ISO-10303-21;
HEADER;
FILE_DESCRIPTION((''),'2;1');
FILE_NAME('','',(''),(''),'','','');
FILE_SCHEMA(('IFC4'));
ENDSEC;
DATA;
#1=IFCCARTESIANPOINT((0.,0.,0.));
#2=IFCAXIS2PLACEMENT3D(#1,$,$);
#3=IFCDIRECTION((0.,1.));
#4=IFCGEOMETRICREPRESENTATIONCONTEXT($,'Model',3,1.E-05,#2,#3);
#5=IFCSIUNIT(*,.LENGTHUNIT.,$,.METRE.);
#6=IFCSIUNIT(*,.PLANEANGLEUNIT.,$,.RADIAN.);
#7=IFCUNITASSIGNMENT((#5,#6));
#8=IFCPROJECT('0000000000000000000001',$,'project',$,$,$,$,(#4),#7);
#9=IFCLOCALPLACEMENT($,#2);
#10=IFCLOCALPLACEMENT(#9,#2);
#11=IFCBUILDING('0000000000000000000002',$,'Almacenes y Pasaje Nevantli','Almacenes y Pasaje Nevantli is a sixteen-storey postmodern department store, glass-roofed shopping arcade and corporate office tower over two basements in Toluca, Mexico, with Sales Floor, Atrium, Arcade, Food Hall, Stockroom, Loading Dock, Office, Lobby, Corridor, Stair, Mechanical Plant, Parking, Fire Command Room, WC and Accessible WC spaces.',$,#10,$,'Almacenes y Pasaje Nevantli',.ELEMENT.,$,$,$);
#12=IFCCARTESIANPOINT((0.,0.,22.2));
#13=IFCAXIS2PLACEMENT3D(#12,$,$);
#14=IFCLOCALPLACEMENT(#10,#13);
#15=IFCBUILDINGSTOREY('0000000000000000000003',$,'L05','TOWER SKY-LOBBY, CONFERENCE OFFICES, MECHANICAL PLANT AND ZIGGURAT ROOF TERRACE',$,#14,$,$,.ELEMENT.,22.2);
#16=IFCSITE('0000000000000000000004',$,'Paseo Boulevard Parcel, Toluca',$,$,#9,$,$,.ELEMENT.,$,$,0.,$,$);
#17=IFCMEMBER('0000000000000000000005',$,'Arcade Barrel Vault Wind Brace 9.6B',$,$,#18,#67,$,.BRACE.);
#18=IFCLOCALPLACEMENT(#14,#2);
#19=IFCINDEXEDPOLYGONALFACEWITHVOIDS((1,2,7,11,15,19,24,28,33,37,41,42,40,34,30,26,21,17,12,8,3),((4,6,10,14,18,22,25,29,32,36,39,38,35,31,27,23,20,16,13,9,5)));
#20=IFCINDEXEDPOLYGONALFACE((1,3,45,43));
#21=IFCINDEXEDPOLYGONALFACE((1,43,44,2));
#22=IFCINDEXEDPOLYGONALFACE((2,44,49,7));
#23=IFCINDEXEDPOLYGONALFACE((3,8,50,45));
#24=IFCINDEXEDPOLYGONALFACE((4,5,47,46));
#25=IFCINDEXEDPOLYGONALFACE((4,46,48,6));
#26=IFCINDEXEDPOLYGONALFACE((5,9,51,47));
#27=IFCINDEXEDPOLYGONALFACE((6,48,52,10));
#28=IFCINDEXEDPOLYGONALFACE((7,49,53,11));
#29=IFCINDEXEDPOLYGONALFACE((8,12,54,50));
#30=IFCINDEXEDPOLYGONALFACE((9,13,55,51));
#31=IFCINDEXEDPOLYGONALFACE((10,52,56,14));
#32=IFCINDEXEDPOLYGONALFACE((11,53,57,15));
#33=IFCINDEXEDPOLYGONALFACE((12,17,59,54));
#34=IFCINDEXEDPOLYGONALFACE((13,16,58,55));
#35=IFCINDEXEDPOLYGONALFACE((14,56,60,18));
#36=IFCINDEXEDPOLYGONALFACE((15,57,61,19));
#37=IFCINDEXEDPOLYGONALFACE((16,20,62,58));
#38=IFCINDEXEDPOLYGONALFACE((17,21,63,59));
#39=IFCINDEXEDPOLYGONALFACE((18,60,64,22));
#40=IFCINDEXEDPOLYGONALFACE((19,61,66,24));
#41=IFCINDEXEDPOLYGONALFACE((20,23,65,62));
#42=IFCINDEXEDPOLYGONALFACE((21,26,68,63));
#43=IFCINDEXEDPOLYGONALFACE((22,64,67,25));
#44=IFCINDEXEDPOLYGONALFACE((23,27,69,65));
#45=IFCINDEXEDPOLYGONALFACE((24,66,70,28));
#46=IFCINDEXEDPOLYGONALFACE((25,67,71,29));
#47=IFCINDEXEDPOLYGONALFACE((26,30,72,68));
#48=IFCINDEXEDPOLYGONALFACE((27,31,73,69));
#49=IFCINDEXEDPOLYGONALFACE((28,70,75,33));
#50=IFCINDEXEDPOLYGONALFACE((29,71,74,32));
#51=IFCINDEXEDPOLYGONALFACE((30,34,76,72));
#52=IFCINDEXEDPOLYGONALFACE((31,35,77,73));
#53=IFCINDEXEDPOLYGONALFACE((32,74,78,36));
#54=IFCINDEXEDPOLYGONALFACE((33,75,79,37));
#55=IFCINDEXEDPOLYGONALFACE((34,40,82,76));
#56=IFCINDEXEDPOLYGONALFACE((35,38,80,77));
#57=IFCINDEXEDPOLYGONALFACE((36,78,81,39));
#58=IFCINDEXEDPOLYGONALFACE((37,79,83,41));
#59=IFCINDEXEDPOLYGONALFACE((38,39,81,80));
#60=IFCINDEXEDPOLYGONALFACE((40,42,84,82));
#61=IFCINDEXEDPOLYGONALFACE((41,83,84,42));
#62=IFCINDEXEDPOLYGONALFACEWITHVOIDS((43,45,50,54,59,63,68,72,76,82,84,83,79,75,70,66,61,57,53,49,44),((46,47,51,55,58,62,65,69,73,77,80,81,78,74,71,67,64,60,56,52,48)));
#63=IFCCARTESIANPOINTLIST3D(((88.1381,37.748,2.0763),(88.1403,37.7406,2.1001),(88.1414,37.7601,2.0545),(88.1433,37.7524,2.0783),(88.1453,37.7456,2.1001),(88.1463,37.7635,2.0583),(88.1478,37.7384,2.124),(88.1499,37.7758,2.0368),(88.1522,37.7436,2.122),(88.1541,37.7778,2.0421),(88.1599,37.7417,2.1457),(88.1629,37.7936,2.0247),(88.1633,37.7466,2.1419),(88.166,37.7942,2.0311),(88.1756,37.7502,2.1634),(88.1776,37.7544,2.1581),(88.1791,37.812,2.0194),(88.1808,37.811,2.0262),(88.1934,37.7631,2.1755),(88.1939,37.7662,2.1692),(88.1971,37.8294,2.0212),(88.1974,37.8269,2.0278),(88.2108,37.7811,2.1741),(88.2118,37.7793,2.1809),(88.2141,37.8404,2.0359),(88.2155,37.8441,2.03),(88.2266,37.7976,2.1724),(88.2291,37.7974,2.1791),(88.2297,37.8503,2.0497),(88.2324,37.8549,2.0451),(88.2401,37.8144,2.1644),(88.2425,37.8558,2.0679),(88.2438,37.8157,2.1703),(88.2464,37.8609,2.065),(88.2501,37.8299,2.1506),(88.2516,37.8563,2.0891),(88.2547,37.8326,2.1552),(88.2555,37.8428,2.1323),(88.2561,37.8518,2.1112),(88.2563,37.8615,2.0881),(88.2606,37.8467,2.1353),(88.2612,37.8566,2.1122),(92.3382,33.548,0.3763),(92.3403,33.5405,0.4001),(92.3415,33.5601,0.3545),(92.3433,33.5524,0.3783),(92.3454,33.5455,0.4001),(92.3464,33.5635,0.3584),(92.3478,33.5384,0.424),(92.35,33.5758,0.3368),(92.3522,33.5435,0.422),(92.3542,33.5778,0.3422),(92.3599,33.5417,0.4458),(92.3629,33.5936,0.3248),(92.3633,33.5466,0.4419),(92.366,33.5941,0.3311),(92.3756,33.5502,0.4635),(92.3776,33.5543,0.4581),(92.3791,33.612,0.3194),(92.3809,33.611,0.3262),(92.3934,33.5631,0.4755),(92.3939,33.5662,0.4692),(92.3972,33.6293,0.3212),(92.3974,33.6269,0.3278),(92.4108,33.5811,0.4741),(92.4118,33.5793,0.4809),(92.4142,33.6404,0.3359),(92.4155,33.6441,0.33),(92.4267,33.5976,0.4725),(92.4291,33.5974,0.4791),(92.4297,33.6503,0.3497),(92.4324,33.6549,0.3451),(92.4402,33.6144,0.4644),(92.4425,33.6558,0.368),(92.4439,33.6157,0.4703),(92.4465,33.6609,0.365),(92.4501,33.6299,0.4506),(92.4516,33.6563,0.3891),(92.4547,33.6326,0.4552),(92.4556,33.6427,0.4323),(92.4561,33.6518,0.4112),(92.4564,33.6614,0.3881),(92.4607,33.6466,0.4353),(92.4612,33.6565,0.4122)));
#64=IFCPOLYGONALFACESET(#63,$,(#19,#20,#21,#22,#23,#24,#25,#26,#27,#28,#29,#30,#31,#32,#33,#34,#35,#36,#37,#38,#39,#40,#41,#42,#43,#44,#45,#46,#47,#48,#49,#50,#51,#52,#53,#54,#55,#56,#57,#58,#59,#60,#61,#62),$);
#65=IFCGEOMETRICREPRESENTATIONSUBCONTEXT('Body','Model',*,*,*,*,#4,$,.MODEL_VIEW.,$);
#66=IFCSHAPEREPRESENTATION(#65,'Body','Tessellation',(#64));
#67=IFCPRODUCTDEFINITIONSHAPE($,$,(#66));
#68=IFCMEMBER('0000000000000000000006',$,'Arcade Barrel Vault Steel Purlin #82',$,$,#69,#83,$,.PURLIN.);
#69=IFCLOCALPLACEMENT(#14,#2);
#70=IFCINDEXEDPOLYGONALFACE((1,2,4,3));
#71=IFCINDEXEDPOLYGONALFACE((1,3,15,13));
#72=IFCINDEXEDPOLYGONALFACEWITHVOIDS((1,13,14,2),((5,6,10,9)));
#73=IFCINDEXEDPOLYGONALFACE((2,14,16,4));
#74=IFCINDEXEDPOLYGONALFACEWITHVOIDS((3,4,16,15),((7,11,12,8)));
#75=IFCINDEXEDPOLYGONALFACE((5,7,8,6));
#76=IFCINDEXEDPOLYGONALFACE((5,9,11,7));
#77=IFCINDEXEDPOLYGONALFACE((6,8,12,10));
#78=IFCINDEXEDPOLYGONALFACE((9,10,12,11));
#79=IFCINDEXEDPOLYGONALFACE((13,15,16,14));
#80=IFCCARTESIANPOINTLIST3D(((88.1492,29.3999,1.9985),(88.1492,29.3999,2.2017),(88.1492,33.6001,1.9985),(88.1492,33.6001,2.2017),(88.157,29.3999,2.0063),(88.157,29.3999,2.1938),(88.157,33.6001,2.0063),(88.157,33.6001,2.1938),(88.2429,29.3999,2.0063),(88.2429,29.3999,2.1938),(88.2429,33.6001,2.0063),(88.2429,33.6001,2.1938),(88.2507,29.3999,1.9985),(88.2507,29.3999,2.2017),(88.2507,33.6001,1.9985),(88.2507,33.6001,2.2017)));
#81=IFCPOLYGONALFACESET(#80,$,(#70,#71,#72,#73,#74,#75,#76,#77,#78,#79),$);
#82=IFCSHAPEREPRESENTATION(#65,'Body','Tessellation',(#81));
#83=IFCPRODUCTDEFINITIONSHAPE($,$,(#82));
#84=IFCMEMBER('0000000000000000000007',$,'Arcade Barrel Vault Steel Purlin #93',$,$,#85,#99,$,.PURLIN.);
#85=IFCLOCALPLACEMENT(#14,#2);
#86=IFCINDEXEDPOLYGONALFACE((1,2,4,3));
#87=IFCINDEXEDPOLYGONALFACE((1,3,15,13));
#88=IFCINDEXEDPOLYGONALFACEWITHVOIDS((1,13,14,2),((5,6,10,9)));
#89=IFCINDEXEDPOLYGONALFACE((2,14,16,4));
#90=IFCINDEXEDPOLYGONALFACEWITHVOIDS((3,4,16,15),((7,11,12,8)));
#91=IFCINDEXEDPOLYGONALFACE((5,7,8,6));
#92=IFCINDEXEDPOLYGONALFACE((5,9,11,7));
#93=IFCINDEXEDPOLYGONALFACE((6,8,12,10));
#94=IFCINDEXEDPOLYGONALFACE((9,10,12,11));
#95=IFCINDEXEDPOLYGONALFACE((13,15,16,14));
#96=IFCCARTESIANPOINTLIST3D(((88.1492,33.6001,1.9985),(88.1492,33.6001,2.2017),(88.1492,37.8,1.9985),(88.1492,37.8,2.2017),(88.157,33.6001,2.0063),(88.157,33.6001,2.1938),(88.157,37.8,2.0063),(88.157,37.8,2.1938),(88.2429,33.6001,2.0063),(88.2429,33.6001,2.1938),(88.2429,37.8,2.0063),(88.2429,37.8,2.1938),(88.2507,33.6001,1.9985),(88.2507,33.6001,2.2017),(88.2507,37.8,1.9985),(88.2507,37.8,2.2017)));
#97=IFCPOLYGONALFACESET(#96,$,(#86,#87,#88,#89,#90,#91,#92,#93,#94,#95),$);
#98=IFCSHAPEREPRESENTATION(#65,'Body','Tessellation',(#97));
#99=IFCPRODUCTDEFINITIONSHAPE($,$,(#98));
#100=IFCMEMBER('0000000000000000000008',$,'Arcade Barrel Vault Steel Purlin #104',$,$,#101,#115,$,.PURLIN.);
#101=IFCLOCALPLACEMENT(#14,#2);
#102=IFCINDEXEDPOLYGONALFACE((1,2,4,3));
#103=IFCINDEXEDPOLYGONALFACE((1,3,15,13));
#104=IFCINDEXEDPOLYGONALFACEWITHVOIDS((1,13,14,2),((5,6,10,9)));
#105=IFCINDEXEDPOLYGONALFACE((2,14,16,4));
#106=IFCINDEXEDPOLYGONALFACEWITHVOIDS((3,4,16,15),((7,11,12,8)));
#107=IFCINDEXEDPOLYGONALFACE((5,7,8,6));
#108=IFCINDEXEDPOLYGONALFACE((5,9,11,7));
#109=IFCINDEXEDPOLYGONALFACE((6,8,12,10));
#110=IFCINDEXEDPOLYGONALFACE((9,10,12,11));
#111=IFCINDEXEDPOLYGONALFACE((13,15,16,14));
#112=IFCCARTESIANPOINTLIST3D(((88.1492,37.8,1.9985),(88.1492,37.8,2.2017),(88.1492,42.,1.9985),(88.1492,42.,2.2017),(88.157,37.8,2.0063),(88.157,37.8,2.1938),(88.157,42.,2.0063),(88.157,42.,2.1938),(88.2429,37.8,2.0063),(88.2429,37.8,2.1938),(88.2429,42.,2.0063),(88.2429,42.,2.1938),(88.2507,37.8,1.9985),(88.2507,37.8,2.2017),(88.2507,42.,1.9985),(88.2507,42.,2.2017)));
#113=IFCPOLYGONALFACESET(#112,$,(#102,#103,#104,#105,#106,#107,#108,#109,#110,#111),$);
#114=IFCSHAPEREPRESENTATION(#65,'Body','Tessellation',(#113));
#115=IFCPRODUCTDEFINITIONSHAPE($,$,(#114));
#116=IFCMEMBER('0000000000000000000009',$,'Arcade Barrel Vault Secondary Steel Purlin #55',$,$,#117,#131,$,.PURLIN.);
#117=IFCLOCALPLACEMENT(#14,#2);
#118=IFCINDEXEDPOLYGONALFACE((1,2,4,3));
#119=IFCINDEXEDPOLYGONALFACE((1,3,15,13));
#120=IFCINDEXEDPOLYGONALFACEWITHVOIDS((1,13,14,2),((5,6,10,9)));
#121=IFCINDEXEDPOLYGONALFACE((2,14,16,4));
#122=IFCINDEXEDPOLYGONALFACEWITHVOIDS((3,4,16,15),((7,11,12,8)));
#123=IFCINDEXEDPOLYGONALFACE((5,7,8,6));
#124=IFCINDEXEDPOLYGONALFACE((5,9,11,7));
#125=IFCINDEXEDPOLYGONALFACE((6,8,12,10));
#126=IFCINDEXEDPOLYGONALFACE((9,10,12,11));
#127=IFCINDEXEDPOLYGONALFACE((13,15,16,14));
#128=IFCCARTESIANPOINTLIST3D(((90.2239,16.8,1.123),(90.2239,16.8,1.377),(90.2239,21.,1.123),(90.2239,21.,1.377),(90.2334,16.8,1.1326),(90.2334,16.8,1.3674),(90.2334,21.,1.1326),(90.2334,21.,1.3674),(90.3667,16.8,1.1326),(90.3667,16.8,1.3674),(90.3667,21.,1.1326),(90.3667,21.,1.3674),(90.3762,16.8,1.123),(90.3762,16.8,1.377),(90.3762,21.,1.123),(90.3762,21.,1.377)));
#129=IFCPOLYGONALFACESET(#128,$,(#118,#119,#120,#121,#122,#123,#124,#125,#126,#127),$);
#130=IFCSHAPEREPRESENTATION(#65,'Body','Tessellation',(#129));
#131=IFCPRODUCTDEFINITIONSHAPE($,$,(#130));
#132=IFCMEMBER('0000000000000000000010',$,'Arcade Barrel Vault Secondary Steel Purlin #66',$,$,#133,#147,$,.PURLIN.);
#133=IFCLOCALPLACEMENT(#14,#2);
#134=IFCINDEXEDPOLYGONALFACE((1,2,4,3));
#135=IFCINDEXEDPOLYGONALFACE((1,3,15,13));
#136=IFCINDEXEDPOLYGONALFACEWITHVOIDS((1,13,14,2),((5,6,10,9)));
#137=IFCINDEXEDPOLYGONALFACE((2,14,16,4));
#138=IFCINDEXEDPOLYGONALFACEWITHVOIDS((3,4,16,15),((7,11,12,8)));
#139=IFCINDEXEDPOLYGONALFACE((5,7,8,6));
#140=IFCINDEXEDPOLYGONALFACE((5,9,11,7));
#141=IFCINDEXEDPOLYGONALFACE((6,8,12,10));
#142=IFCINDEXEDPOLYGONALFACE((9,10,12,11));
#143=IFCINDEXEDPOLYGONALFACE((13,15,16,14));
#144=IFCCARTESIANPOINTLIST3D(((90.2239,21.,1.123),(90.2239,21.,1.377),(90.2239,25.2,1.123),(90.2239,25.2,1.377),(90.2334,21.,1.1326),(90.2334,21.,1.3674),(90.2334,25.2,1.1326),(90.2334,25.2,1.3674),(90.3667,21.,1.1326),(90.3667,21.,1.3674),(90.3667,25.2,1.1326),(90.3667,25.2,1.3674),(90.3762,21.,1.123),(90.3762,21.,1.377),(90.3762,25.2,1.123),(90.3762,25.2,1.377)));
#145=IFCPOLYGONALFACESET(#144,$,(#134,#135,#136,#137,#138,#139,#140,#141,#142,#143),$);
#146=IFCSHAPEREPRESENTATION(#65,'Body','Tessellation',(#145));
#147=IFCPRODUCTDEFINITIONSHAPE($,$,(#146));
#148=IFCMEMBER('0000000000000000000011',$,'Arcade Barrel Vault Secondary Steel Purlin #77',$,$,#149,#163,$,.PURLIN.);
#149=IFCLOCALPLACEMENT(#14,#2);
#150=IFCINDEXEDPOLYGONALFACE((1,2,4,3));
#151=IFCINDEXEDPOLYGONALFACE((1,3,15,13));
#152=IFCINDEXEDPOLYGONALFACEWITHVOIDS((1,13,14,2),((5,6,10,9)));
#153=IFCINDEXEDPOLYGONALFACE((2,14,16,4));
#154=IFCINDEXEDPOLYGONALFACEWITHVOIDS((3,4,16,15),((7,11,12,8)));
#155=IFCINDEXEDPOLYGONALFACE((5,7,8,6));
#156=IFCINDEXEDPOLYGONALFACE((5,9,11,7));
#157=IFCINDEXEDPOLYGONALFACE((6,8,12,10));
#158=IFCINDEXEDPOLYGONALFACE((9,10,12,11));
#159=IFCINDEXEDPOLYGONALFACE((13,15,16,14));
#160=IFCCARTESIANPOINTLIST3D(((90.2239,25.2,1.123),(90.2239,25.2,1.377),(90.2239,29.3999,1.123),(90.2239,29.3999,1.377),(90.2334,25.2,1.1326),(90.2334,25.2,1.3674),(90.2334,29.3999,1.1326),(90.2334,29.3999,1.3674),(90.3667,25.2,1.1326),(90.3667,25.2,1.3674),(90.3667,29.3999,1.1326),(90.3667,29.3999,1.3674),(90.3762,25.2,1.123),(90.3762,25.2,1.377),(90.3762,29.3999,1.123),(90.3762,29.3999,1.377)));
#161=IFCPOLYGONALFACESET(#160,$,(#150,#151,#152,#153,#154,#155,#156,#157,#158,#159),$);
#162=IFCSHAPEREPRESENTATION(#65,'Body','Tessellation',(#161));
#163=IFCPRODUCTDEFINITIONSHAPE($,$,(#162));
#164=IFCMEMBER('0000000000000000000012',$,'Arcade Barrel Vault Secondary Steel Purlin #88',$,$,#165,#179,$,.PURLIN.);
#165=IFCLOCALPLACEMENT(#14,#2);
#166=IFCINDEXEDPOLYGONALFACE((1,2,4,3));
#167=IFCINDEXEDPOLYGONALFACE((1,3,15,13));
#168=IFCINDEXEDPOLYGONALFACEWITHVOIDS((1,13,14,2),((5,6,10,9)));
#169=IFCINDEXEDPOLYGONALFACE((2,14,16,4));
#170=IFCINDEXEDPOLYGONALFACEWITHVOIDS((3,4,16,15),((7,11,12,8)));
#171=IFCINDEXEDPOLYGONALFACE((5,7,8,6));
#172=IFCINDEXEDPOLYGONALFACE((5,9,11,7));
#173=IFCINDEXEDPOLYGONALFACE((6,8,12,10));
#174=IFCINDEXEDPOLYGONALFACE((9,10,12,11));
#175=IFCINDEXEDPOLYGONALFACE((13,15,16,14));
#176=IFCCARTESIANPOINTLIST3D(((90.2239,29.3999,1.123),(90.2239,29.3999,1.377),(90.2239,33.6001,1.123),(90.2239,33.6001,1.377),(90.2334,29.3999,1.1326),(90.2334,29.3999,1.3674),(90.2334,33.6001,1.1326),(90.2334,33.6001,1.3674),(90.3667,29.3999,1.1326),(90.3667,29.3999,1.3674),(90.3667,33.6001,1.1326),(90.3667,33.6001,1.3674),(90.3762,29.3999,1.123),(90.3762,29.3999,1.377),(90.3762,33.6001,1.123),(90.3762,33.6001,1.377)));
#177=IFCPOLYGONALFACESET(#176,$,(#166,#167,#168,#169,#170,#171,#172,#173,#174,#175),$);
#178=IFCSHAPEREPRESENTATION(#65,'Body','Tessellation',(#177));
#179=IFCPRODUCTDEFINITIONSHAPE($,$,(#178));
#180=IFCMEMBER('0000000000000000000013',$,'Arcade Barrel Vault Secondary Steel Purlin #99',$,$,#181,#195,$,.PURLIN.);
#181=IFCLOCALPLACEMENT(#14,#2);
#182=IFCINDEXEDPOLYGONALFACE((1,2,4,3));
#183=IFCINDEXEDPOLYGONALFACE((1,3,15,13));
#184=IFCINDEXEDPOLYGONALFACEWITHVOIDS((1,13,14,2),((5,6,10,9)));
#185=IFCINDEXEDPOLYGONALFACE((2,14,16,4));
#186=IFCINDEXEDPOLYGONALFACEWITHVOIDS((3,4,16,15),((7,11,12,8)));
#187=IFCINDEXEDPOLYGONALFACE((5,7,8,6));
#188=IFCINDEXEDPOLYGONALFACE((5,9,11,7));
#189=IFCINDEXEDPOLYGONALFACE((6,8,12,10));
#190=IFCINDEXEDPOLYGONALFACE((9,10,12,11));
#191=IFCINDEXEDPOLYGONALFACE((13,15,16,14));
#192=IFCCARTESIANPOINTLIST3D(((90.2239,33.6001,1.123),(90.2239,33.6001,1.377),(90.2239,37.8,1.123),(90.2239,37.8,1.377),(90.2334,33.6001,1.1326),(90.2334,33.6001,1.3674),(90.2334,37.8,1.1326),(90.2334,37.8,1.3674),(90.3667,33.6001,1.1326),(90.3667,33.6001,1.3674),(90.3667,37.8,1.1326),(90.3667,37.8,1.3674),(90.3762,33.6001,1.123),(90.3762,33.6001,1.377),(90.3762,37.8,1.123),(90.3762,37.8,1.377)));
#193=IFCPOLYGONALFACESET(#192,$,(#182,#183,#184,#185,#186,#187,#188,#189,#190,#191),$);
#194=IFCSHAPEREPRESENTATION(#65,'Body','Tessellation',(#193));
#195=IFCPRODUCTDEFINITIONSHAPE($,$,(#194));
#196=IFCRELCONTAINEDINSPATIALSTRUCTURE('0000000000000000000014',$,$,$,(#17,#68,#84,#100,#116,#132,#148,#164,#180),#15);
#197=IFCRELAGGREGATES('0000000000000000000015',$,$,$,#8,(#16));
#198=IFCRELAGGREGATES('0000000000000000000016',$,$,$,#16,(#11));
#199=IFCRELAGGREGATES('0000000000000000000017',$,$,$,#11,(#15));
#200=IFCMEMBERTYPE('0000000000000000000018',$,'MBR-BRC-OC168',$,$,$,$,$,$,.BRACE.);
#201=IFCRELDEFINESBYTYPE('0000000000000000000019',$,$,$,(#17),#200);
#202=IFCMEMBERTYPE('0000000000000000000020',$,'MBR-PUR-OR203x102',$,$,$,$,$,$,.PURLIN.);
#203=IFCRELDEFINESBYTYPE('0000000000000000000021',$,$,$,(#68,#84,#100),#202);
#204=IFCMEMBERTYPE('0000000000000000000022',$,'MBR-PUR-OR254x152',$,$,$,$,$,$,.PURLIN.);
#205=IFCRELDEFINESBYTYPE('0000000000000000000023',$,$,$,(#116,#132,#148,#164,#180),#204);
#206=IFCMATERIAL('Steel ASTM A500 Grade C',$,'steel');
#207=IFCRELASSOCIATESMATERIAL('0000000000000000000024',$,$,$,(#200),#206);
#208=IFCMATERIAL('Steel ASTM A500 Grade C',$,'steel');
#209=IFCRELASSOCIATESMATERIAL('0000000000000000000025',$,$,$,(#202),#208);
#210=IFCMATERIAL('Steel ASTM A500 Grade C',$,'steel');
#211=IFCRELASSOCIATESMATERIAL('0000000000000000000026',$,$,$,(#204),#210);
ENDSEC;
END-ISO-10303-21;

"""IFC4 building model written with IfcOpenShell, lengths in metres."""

from ifc_helpers import new_model, si_unit, direction, frame, origin, origin_2d, place, context, subcontext, project, spatial, hollow_rectangle, hollow_circle, extrude, material, material_profile, profile_set, type_object, element, save


model = new_model("IFC4")

# Units and contexts
model_context = context("Model", 3, precision=1e-05, world=origin(), true_north=direction((0.0, 1.0)))
body_context = subcontext(model_context, "Body", "Model", "MODEL_VIEW")
ifc_project = project(units=[si_unit("LENGTHUNIT", "METRE"), si_unit("PLANEANGLEUNIT", "RADIAN")], contexts=[model_context])

# Site, building, storey
site_placement = place(None, origin())
site = spatial("IfcSite", under=ifc_project, at=site_placement, Name="Paseo Boulevard Parcel, Toluca", CompositionType="ELEMENT", RefElevation=0.0)
building_placement = place(site_placement, origin())
building = spatial("IfcBuilding", under=site, at=building_placement, Name="Almacenes y Pasaje Nevantli", Description="Almacenes y Pasaje Nevantli is a sixteen-storey postmodern department store, glass-roofed shopping arcade and corporate office tower over two basements in Toluca, Mexico, with Sales Floor, Atrium, Arcade, Food Hall, Stockroom, Loading Dock, Office, Lobby, Corridor, Stair, Mechanical Plant, Parking, Fire Command Room, WC and Accessible WC spaces.", LongName="Almacenes y Pasaje Nevantli", CompositionType="ELEMENT")
storey_placement = place(building_placement, frame((0.0, 0.0, 22.2)))
storey = spatial("IfcBuildingStorey", under=building, at=storey_placement, Name="L05", Description="TOWER SKY-LOBBY, CONFERENCE OFFICES, MECHANICAL PLANT AND ZIGGURAT ROOF TERRACE", CompositionType="ELEMENT", Elevation=22.2)

# Members
ifc_material_1 = material(Name="Steel ASTM A500 Grade C", Category="steel")
ifc_material_profile_1 = material_profile(ifc_material_1, hollow_circle(Radius=0.0842, WallThickness=0.0071, at=origin_2d()), Name="OC 168x7.1")
ifc_profile_set_1 = profile_set([ifc_material_profile_1], Name="Steel ASTM A500 Grade C")
member_type_1 = type_object("IfcMemberType", Name="MBR-BRC-OC168", PredefinedType="BRACE", material=ifc_profile_set_1)
for number, where, z_axis, x_axis, name in (
    (1, (92.3999, 33.6001, 0.4001), (-0.679812, 0.679812, 0.275157), (-0.707107, -0.707107, 0.0), "Arcade Barrel Vault Wind Brace 9.6B"),
):
    element("IfcMember", number, at=place(storey_placement, frame(where, z_axis=z_axis, x_axis=x_axis)), inside=storey, type_object=member_type_1, Name=name, PredefinedType="BRACE", context=body_context, shape_type="SweptSolid", body=[
        extrude(hollow_circle(Radius=0.0842, WallThickness=0.0071, at=origin_2d()), origin(), (0.0, 0.0, 1.0), 6.1782),
    ])
ifc_material_2 = material(Name="Steel ASTM A500 Grade C", Category="steel")
ifc_material_profile_2 = material_profile(ifc_material_2, hollow_rectangle(XDim=0.1016, YDim=0.2031, WallThickness=0.0078, at=origin_2d()), Name="OR 203x102x7.9")
ifc_profile_set_2 = profile_set([ifc_material_profile_2], Name="Steel ASTM A500 Grade C")
member_type_2 = type_object("IfcMemberType", Name="MBR-PUR-OR203x102", PredefinedType="PURLIN", material=ifc_profile_set_2)
member_1_placement = place(storey_placement, frame((88.2, 29.3999, 2.1001), z_axis=(0.0, 1.0, 0.0), x_axis=(-1.0, 0.0, 0.0)))
element("IfcMember", 2, at=member_1_placement, inside=storey, type_object=member_type_2, Name="Arcade Barrel Vault Steel Purlin #82", PredefinedType="PURLIN", context=body_context, shape_type="SweptSolid", body=[
    extrude(hollow_rectangle(XDim=0.1016, YDim=0.2031, WallThickness=0.0078, at=origin_2d()), origin(), (0.0, 0.0, 1.0), 4.2002),
])
for number, where, z_axis, x_axis, name in (
    (3, (88.2, 33.6001, 2.1001), (0.0, 1.0, 0.0), (-1.0, 0.0, 0.0), "Arcade Barrel Vault Steel Purlin #93"),
    (4, (88.2, 37.8, 2.1001), (0.0, 1.0, 0.0), (-1.0, 0.0, 0.0), "Arcade Barrel Vault Steel Purlin #104"),
):
    element("IfcMember", number, at=place(storey_placement, frame(where, z_axis=z_axis, x_axis=x_axis)), inside=storey, type_object=member_type_2, Name=name, PredefinedType="PURLIN", context=body_context, shape_type="SweptSolid", body=[
        extrude(hollow_rectangle(XDim=0.1016, YDim=0.2031, WallThickness=0.0078, at=origin_2d()), origin(), (0.0, 0.0, 1.0), 4.2),
    ])
ifc_material_3 = material(Name="Steel ASTM A500 Grade C", Category="steel")
ifc_material_profile_3 = material_profile(ifc_material_3, hollow_rectangle(XDim=0.1523, YDim=0.2539, WallThickness=0.0095, at=origin_2d()), Name="OR 254x152x9.5")
ifc_profile_set_3 = profile_set([ifc_material_profile_3], Name="Steel ASTM A500 Grade C")
member_type_3 = type_object("IfcMemberType", Name="MBR-PUR-OR254x152", PredefinedType="PURLIN", material=ifc_profile_set_3)
for number, where, z_axis, x_axis, name in (
    (5, (90.3, 16.8, 1.25), (0.0, 1.0, 0.0), (-1.0, 0.0, 0.0), "Arcade Barrel Vault Secondary Steel Purlin #55"),
    (6, (90.3, 21.0, 1.25), (0.0, 1.0, 0.0), (-1.0, 0.0, 0.0), "Arcade Barrel Vault Secondary Steel Purlin #66"),
    (7, (90.3, 25.2, 1.25), (0.0, 1.0, 0.0), (-1.0, 0.0, 0.0), "Arcade Barrel Vault Secondary Steel Purlin #77"),
):
    element("IfcMember", number, at=place(storey_placement, frame(where, z_axis=z_axis, x_axis=x_axis)), inside=storey, type_object=member_type_3, Name=name, PredefinedType="PURLIN", context=body_context, shape_type="SweptSolid", body=[
        extrude(hollow_rectangle(XDim=0.1523, YDim=0.2539, WallThickness=0.0095, at=origin_2d()), origin(), (0.0, 0.0, 1.0), 4.2),
    ])
member_2_placement = place(storey_placement, frame((90.3, 29.3999, 1.25), z_axis=(0.0, 1.0, 0.0), x_axis=(-1.0, 0.0, 0.0)))
element("IfcMember", 8, at=member_2_placement, inside=storey, type_object=member_type_3, Name="Arcade Barrel Vault Secondary Steel Purlin #88", PredefinedType="PURLIN", context=body_context, shape_type="SweptSolid", body=[
    extrude(hollow_rectangle(XDim=0.1523, YDim=0.2539, WallThickness=0.0095, at=origin_2d()), origin(), (0.0, 0.0, 1.0), 4.2002),
])
for number, where, z_axis, x_axis, name in (
    (9, (90.3, 33.6001, 1.25), (0.0, 1.0, 0.0), (-1.0, 0.0, 0.0), "Arcade Barrel Vault Secondary Steel Purlin #99"),
):
    element("IfcMember", number, at=place(storey_placement, frame(where, z_axis=z_axis, x_axis=x_axis)), inside=storey, type_object=member_type_3, Name=name, PredefinedType="PURLIN", context=body_context, shape_type="SweptSolid", body=[
        extrude(hollow_rectangle(XDim=0.1523, YDim=0.2539, WallThickness=0.0095, at=origin_2d()), origin(), (0.0, 0.0, 1.0), 4.2),
    ])

save(model, "model.ifc")
